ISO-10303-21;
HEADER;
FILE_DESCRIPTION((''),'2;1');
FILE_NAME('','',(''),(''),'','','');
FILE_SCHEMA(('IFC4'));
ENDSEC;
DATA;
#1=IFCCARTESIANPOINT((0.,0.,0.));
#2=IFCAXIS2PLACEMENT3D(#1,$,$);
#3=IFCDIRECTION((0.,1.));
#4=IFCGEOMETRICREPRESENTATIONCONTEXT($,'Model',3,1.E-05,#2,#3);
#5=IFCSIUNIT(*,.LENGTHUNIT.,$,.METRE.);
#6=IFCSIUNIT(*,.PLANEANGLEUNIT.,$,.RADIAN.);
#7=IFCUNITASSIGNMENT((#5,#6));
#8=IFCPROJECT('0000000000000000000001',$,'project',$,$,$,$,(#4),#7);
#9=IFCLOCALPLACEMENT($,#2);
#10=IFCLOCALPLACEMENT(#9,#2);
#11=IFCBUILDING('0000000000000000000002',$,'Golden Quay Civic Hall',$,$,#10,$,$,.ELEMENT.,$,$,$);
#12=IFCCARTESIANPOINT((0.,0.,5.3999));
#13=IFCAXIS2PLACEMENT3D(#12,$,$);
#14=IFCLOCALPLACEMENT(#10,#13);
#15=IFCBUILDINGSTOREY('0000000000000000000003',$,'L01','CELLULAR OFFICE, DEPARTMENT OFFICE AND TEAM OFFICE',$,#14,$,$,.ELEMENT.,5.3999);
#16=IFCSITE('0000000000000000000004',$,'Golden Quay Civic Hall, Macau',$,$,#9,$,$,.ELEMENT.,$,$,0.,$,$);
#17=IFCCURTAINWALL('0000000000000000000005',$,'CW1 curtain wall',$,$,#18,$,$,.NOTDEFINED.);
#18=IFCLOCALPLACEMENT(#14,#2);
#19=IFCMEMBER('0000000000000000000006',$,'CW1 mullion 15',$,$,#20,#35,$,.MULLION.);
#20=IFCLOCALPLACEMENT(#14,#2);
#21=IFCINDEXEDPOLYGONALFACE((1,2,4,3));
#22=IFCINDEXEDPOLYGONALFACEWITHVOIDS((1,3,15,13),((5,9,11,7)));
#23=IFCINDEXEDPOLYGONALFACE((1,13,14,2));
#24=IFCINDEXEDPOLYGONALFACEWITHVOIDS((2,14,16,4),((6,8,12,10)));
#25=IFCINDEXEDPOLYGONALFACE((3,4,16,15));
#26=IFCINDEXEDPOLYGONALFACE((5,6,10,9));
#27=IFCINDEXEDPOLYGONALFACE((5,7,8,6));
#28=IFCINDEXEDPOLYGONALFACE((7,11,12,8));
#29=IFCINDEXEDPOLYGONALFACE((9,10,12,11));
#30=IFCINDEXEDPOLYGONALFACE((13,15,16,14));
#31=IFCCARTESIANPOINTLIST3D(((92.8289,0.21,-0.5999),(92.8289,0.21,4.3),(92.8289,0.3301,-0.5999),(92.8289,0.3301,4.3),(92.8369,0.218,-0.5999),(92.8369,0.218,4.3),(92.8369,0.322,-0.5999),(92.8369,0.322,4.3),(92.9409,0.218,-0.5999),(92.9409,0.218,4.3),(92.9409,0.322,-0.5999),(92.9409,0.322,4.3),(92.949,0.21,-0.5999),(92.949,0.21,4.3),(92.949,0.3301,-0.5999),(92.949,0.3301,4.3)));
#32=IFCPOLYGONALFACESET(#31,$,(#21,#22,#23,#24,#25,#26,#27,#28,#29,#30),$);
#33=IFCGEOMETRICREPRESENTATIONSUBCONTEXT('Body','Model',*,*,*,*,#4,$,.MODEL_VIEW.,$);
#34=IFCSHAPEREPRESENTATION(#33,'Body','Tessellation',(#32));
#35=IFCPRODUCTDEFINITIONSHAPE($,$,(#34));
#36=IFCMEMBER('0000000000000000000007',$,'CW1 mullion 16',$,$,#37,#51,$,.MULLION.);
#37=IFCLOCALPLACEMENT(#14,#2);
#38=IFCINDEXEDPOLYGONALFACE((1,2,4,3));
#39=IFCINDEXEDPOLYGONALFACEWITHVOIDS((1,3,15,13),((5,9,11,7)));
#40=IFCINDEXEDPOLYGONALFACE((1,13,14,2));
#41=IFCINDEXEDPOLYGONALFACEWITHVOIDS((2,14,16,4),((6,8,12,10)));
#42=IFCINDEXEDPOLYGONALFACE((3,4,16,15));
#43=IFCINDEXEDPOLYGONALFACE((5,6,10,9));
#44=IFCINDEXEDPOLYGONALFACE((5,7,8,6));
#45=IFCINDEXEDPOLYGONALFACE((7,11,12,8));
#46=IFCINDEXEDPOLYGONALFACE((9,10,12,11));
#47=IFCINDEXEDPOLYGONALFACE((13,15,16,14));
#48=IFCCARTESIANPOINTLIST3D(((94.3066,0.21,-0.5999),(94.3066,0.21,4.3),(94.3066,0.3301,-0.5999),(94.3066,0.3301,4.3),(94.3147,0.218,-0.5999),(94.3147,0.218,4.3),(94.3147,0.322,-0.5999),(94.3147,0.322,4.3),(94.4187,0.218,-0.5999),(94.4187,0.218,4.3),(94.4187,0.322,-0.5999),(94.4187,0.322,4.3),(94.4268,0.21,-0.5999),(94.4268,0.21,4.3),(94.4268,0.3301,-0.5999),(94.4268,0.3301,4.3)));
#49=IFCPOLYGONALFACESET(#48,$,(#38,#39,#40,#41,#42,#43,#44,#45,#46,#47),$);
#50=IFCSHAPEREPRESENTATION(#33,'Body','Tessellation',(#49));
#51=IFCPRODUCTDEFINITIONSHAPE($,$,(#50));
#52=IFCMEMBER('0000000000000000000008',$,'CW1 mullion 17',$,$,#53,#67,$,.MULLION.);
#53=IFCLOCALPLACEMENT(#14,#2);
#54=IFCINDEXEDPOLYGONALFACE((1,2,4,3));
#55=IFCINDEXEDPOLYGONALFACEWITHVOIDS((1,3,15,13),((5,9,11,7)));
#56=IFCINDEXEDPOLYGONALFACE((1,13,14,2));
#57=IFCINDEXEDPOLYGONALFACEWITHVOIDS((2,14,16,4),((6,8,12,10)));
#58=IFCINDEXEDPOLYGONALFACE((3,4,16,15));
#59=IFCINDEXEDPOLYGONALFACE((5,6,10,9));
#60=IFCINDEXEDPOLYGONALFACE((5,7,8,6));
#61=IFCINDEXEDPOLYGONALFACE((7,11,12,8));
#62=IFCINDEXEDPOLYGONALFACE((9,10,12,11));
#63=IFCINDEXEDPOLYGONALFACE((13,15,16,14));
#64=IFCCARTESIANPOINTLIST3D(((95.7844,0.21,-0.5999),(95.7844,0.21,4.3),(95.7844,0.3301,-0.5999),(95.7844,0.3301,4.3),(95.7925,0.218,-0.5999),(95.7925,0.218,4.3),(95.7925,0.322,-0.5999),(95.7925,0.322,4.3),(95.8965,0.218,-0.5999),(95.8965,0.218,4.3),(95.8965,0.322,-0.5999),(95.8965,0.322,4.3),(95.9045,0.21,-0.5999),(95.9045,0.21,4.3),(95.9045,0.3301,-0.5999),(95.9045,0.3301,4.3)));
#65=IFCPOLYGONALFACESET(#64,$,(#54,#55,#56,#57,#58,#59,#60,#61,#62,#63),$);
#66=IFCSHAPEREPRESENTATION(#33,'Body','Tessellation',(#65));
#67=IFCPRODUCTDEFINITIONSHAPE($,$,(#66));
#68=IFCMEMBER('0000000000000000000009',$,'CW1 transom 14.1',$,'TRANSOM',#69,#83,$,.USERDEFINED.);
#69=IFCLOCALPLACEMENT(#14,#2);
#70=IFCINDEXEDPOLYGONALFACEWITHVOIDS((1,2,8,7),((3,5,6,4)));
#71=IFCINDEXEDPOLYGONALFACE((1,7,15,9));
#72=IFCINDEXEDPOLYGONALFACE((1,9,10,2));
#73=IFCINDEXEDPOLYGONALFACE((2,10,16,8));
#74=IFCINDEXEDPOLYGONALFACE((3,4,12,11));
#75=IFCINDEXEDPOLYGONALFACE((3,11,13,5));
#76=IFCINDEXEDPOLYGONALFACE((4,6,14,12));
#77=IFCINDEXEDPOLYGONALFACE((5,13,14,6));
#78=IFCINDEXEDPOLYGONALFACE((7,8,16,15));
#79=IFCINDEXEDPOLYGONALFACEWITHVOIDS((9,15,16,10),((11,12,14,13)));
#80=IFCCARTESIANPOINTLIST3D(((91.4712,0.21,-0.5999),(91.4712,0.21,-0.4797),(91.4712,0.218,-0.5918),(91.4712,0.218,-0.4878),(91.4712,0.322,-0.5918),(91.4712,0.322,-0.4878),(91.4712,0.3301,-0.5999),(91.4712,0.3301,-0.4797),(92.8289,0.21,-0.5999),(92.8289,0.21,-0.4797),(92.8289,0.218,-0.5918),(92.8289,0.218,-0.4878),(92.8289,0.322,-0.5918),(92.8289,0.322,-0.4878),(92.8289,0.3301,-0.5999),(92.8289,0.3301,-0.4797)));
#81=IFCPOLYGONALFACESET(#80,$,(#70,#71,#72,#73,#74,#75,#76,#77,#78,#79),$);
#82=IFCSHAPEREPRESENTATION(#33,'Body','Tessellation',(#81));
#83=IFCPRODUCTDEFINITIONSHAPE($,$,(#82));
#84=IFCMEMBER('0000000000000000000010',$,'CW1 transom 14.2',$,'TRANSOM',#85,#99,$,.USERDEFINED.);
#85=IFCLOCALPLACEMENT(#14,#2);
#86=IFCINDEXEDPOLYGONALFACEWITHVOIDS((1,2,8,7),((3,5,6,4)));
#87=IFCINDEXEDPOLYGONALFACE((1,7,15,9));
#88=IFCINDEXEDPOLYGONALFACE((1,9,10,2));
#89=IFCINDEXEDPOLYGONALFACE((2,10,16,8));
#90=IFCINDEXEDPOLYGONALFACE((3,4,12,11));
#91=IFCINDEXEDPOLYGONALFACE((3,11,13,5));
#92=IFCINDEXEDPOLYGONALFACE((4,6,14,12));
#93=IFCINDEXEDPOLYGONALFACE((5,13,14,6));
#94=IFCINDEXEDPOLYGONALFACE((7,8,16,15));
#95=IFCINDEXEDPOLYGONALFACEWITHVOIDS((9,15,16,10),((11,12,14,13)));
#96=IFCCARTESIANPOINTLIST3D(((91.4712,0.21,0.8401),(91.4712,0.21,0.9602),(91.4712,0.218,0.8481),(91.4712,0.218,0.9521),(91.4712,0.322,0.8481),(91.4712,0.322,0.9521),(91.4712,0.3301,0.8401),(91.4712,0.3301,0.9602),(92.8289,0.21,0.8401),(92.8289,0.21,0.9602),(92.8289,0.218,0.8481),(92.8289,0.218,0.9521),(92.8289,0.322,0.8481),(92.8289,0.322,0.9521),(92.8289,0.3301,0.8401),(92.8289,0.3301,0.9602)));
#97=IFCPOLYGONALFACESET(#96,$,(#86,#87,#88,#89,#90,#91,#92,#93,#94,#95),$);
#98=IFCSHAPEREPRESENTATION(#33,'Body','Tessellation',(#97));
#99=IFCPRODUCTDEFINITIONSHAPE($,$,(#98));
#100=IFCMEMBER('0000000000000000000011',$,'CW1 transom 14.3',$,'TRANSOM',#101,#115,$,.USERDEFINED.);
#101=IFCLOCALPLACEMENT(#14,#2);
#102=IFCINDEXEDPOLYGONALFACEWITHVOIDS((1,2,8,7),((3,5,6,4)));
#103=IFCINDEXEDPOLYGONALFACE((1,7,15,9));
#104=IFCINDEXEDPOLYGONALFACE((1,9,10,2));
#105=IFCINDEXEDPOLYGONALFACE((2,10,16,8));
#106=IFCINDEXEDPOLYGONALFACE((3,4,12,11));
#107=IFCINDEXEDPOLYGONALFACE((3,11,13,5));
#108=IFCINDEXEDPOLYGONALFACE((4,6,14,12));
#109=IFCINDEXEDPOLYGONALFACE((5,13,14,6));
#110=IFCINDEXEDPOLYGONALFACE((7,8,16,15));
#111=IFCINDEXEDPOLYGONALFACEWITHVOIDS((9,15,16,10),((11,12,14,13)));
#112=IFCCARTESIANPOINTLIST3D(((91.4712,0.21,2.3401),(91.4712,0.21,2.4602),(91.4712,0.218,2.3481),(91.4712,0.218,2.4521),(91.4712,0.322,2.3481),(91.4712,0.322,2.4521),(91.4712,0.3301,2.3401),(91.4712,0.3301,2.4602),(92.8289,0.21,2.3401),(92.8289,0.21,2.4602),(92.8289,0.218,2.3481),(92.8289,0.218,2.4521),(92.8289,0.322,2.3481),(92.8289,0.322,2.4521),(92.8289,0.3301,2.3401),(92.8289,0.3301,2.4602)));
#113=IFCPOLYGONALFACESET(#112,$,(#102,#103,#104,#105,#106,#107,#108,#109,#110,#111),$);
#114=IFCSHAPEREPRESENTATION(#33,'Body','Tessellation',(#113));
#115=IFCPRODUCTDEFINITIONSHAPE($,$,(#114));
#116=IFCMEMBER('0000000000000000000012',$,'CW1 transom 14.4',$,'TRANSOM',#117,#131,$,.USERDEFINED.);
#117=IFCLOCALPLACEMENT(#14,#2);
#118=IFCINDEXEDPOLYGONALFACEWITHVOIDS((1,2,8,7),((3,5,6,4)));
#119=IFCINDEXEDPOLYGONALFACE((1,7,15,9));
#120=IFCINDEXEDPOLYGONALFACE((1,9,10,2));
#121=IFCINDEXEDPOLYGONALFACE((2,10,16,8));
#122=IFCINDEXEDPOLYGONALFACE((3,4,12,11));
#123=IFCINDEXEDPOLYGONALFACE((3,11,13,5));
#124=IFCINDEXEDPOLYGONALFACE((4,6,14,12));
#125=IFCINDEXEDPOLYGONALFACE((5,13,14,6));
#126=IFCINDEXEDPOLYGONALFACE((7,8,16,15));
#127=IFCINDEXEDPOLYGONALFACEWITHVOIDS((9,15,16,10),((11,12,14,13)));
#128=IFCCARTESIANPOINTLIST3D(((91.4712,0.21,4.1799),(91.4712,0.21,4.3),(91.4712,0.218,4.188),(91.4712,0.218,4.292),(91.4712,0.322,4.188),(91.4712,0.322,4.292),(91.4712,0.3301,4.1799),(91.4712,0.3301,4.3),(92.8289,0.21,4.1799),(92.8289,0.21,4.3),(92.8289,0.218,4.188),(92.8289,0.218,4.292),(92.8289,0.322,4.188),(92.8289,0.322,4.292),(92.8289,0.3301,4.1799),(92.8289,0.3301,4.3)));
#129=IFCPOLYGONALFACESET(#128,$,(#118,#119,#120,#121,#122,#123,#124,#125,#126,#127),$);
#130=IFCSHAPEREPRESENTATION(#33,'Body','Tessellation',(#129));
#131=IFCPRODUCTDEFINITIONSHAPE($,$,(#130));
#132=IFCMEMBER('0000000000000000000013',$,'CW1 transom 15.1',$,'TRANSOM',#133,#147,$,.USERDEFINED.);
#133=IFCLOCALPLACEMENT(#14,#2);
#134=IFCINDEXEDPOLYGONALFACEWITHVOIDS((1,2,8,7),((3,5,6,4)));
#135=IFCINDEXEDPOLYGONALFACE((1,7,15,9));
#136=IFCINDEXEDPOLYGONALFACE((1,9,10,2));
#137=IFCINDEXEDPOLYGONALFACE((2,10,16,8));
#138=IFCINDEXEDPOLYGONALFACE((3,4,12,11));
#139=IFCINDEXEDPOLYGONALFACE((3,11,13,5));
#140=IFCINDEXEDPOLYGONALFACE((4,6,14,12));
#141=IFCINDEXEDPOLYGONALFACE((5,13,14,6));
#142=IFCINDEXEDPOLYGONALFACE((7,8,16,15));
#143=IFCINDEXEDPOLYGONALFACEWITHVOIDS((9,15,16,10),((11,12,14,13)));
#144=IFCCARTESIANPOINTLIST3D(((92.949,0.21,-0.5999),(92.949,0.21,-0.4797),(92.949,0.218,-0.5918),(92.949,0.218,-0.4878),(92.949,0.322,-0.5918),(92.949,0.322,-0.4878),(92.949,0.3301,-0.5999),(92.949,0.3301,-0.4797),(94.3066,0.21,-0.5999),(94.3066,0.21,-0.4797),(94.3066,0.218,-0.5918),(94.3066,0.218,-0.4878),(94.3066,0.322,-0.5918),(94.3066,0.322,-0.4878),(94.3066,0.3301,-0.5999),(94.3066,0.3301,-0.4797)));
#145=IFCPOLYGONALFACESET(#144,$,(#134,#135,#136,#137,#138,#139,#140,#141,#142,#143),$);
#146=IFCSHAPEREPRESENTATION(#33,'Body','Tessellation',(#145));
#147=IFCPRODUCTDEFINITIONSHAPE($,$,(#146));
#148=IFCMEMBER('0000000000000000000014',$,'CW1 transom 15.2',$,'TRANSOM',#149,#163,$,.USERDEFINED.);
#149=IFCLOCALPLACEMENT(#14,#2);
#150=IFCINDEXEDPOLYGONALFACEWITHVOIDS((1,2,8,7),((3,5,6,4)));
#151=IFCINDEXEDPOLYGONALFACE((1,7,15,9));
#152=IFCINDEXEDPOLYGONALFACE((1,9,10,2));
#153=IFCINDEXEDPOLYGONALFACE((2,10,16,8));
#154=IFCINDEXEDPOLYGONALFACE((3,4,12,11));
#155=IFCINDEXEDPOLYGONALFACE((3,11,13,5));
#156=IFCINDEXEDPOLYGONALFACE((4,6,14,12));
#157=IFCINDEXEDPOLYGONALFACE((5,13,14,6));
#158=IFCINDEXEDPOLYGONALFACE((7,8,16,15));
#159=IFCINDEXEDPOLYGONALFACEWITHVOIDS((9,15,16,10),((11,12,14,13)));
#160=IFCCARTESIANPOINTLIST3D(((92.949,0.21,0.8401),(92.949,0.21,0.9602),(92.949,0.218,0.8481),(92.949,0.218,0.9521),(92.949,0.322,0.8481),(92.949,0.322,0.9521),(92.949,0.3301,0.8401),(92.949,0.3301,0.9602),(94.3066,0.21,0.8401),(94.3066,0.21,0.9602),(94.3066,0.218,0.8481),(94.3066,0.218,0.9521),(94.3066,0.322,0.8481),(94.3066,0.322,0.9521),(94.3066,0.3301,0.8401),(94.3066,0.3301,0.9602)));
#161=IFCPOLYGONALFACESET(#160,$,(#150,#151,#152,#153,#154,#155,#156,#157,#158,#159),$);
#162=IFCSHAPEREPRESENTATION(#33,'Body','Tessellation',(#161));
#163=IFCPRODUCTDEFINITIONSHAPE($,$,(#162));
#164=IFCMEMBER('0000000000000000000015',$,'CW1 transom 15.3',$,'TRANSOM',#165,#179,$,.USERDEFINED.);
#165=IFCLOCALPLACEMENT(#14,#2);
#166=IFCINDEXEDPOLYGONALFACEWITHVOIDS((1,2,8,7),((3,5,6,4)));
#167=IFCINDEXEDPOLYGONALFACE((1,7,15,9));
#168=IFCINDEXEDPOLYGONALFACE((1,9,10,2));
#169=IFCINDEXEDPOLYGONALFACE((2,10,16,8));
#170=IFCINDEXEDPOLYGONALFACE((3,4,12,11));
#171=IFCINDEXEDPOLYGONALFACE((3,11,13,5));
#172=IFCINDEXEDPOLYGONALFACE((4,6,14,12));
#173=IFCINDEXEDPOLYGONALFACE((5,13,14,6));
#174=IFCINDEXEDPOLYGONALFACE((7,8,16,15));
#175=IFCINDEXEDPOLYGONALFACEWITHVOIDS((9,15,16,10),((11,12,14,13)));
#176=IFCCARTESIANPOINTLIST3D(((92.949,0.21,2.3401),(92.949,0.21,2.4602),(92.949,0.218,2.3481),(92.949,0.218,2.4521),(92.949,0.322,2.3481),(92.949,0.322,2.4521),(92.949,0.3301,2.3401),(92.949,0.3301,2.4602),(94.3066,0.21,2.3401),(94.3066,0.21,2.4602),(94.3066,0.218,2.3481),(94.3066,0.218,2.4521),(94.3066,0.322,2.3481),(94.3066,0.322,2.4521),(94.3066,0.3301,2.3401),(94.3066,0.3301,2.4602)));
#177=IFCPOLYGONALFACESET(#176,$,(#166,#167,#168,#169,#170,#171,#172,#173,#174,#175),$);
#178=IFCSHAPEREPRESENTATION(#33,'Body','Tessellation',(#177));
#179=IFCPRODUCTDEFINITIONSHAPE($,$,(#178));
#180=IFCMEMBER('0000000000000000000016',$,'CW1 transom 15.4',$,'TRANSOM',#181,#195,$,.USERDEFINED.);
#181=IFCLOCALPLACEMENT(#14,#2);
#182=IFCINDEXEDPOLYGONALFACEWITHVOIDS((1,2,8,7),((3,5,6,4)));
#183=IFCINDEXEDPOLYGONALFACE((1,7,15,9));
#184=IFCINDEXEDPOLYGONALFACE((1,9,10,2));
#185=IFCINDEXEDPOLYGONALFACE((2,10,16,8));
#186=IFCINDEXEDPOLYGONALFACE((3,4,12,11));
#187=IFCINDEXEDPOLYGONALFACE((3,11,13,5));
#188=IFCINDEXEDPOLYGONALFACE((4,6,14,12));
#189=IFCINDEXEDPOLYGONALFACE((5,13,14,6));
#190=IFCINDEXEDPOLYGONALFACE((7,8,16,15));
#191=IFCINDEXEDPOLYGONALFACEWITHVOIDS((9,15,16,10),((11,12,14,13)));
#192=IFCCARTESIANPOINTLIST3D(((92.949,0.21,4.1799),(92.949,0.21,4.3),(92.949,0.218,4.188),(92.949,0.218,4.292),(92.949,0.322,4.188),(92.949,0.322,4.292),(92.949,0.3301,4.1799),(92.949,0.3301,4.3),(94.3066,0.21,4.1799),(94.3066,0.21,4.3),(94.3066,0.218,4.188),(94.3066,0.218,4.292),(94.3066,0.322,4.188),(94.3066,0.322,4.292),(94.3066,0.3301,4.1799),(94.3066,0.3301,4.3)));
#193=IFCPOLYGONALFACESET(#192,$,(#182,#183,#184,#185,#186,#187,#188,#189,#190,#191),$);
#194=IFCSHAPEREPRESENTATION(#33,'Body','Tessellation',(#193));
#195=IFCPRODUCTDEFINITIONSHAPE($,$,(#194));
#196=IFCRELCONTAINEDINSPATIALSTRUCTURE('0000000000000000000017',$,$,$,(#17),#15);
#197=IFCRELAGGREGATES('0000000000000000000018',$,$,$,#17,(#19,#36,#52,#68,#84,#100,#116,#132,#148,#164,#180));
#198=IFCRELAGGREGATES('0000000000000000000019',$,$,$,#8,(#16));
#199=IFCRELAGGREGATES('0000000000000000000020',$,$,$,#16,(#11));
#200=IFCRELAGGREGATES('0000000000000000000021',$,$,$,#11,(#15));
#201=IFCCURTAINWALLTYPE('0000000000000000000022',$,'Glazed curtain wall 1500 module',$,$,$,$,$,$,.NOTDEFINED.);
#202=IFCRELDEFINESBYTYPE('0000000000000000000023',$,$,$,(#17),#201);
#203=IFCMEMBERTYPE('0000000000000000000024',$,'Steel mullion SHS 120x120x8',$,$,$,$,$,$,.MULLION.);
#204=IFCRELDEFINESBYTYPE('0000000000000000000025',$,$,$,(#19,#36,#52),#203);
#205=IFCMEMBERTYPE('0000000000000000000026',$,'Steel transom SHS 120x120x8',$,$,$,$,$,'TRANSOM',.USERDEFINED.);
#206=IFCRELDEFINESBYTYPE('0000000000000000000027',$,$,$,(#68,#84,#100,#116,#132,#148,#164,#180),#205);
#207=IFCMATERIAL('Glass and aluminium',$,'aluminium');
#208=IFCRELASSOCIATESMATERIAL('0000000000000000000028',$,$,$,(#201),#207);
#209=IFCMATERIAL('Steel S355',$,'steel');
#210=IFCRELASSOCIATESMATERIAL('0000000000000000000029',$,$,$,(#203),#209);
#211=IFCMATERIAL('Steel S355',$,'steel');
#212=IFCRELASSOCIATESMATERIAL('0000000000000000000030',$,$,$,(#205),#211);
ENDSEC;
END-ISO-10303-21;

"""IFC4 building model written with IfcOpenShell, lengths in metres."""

from ifc_helpers import new_model, si_unit, direction, frame, origin, origin_2d, place, context, subcontext, project, spatial, hollow_rectangle, extrude, material, material_profile, profile_set, type_object, element, aggregate, save


model = new_model("IFC4")

# Units and contexts
model_context = context("Model", 3, precision=1e-05, world=origin(), true_north=direction((0.0, 1.0)))
body_context = subcontext(model_context, "Body", "Model", "MODEL_VIEW")
ifc_project = project(units=[si_unit("LENGTHUNIT", "METRE"), si_unit("PLANEANGLEUNIT", "RADIAN")], contexts=[model_context])

# Site, building, storey
site_placement = place(None, origin())
site = spatial("IfcSite", under=ifc_project, at=site_placement, Name="Golden Quay Civic Hall, Macau", CompositionType="ELEMENT", RefElevation=0.0)
building_placement = place(site_placement, origin())
building = spatial("IfcBuilding", under=site, at=building_placement, Name="Golden Quay Civic Hall", CompositionType="ELEMENT")
storey_placement = place(building_placement, frame((0.0, 0.0, 5.3999)))
storey = spatial("IfcBuildingStorey", under=building, at=storey_placement, Name="L01", Description="CELLULAR OFFICE, DEPARTMENT OFFICE AND TEAM OFFICE", CompositionType="ELEMENT", Elevation=5.3999)

# Curtain wall, members
ifc_material_1 = material(Name="Glass and aluminium", Category="aluminium")
curtain_wall_type = type_object("IfcCurtainWallType", Name="Glazed curtain wall 1500 module", PredefinedType="NOTDEFINED", material=ifc_material_1)
curtain_wall_placement = place(storey_placement, origin())
curtain_wall = element("IfcCurtainWall", 1, at=curtain_wall_placement, inside=storey, type_object=curtain_wall_type, Name="CW1 curtain wall", PredefinedType="NOTDEFINED")
ifc_material_2 = material(Name="Steel S355", Category="steel")
ifc_material_profile_1 = material_profile(ifc_material_2, hollow_rectangle(XDim=0.1201, YDim=0.1201, WallThickness=0.0081, at=origin_2d()), Name="SHS 120x120x8")
ifc_profile_set_1 = profile_set([ifc_material_profile_1], Name="Steel S355")
member_type_1 = type_object("IfcMemberType", Name="Steel mullion SHS 120x120x8", PredefinedType="MULLION", material=ifc_profile_set_1)
member_1_placement = place(storey_placement, frame((92.8889, 0.27, -0.5999), z_axis=(0.0, 0.0, 1.0), x_axis=(0.0, 1.0, 0.0)))
member_1 = element("IfcMember", 2, at=member_1_placement, type_object=member_type_1, Name="CW1 mullion 15", PredefinedType="MULLION", context=body_context, shape_type="SweptSolid", body=[
    extrude(hollow_rectangle(XDim=0.1201, YDim=0.1201, WallThickness=0.0081, at=origin_2d()), origin(), (0.0, 0.0, 1.0), 4.8999),
])
member_2_placement = place(storey_placement, frame((94.3667, 0.27, -0.5999), z_axis=(0.0, 0.0, 1.0), x_axis=(0.0, 1.0, 0.0)))
member_2 = element("IfcMember", 3, at=member_2_placement, type_object=member_type_1, Name="CW1 mullion 16", PredefinedType="MULLION", context=body_context, shape_type="SweptSolid", body=[
    extrude(hollow_rectangle(XDim=0.1201, YDim=0.1201, WallThickness=0.0081, at=origin_2d()), origin(), (0.0, 0.0, 1.0), 4.8999),
])
member_3_placement = place(storey_placement, frame((95.8445, 0.27, -0.5999), z_axis=(0.0, 0.0, 1.0), x_axis=(0.0, 1.0, 0.0)))
member_3 = element("IfcMember", 4, at=member_3_placement, type_object=member_type_1, Name="CW1 mullion 17", PredefinedType="MULLION", context=body_context, shape_type="SweptSolid", body=[
    extrude(hollow_rectangle(XDim=0.1201, YDim=0.1201, WallThickness=0.0081, at=origin_2d()), origin(), (0.0, 0.0, 1.0), 4.8999),
])
ifc_material_3 = material(Name="Steel S355", Category="steel")
ifc_material_profile_2 = material_profile(ifc_material_3, hollow_rectangle(XDim=0.1201, YDim=0.1201, WallThickness=0.0081, at=origin_2d()), Name="SHS 120x120x8")
ifc_profile_set_2 = profile_set([ifc_material_profile_2], Name="Steel S355")
member_type_2 = type_object("IfcMemberType", Name="Steel transom SHS 120x120x8", ElementType="TRANSOM", PredefinedType="USERDEFINED", material=ifc_profile_set_2)
member_4_placement = place(storey_placement, frame((91.4712, 0.27, -0.5398), z_axis=(1.0, 0.0, 0.0), x_axis=(0.0, 1.0, 0.0)))
member_4 = element("IfcMember", 5, at=member_4_placement, type_object=member_type_2, Name="CW1 transom 14.1", ObjectType="TRANSOM", PredefinedType="USERDEFINED", context=body_context, shape_type="SweptSolid", body=[
    extrude(hollow_rectangle(XDim=0.1201, YDim=0.1201, WallThickness=0.0081, at=origin_2d()), origin(), (0.0, 0.0, 1.0), 1.3577),
])
member_5_placement = place(storey_placement, frame((91.4712, 0.27, 0.9001), z_axis=(1.0, 0.0, 0.0), x_axis=(0.0, 1.0, 0.0)))
member_5 = element("IfcMember", 6, at=member_5_placement, type_object=member_type_2, Name="CW1 transom 14.2", ObjectType="TRANSOM", PredefinedType="USERDEFINED", context=body_context, shape_type="SweptSolid", body=[
    extrude(hollow_rectangle(XDim=0.1201, YDim=0.1201, WallThickness=0.0081, at=origin_2d()), origin(), (0.0, 0.0, 1.0), 1.3577),
])
member_6_placement = place(storey_placement, frame((91.4712, 0.27, 2.4001), z_axis=(1.0, 0.0, 0.0), x_axis=(0.0, 1.0, 0.0)))
member_6 = element("IfcMember", 7, at=member_6_placement, type_object=member_type_2, Name="CW1 transom 14.3", ObjectType="TRANSOM", PredefinedType="USERDEFINED", context=body_context, shape_type="SweptSolid", body=[
    extrude(hollow_rectangle(XDim=0.1201, YDim=0.1201, WallThickness=0.0081, at=origin_2d()), origin(), (0.0, 0.0, 1.0), 1.3577),
])
member_7_placement = place(storey_placement, frame((91.4712, 0.27, 4.24), z_axis=(1.0, 0.0, 0.0), x_axis=(0.0, 1.0, 0.0)))
member_7 = element("IfcMember", 8, at=member_7_placement, type_object=member_type_2, Name="CW1 transom 14.4", ObjectType="TRANSOM", PredefinedType="USERDEFINED", context=body_context, shape_type="SweptSolid", body=[
    extrude(hollow_rectangle(XDim=0.1201, YDim=0.1201, WallThickness=0.0081, at=origin_2d()), origin(), (0.0, 0.0, 1.0), 1.3577),
])
member_8_placement = place(storey_placement, frame((92.949, 0.27, -0.5398), z_axis=(1.0, 0.0, 0.0), x_axis=(0.0, 1.0, 0.0)))
member_8 = element("IfcMember", 9, at=member_8_placement, type_object=member_type_2, Name="CW1 transom 15.1", ObjectType="TRANSOM", PredefinedType="USERDEFINED", context=body_context, shape_type="SweptSolid", body=[
    extrude(hollow_rectangle(XDim=0.1201, YDim=0.1201, WallThickness=0.0081, at=origin_2d()), origin(), (0.0, 0.0, 1.0), 1.3577),
])
member_9_placement = place(storey_placement, frame((92.949, 0.27, 0.9001), z_axis=(1.0, 0.0, 0.0), x_axis=(0.0, 1.0, 0.0)))
member_9 = element("IfcMember", 10, at=member_9_placement, type_object=member_type_2, Name="CW1 transom 15.2", ObjectType="TRANSOM", PredefinedType="USERDEFINED", context=body_context, shape_type="SweptSolid", body=[
    extrude(hollow_rectangle(XDim=0.1201, YDim=0.1201, WallThickness=0.0081, at=origin_2d()), origin(), (0.0, 0.0, 1.0), 1.3577),
])
member_10_placement = place(storey_placement, frame((92.949, 0.27, 2.4001), z_axis=(1.0, 0.0, 0.0), x_axis=(0.0, 1.0, 0.0)))
member_10 = element("IfcMember", 11, at=member_10_placement, type_object=member_type_2, Name="CW1 transom 15.3", ObjectType="TRANSOM", PredefinedType="USERDEFINED", context=body_context, shape_type="SweptSolid", body=[
    extrude(hollow_rectangle(XDim=0.1201, YDim=0.1201, WallThickness=0.0081, at=origin_2d()), origin(), (0.0, 0.0, 1.0), 1.3577),
])
member_11_placement = place(storey_placement, frame((92.949, 0.27, 4.24), z_axis=(1.0, 0.0, 0.0), x_axis=(0.0, 1.0, 0.0)))
member_11 = element("IfcMember", 12, at=member_11_placement, type_object=member_type_2, Name="CW1 transom 15.4", ObjectType="TRANSOM", PredefinedType="USERDEFINED", context=body_context, shape_type="SweptSolid", body=[
    extrude(hollow_rectangle(XDim=0.1201, YDim=0.1201, WallThickness=0.0081, at=origin_2d()), origin(), (0.0, 0.0, 1.0), 1.3577),
])
aggregate(curtain_wall, [member_1, member_2, member_3, member_4, member_5, member_6, member_7, member_8, member_9, member_10, member_11])

save(model, "model.ifc")
